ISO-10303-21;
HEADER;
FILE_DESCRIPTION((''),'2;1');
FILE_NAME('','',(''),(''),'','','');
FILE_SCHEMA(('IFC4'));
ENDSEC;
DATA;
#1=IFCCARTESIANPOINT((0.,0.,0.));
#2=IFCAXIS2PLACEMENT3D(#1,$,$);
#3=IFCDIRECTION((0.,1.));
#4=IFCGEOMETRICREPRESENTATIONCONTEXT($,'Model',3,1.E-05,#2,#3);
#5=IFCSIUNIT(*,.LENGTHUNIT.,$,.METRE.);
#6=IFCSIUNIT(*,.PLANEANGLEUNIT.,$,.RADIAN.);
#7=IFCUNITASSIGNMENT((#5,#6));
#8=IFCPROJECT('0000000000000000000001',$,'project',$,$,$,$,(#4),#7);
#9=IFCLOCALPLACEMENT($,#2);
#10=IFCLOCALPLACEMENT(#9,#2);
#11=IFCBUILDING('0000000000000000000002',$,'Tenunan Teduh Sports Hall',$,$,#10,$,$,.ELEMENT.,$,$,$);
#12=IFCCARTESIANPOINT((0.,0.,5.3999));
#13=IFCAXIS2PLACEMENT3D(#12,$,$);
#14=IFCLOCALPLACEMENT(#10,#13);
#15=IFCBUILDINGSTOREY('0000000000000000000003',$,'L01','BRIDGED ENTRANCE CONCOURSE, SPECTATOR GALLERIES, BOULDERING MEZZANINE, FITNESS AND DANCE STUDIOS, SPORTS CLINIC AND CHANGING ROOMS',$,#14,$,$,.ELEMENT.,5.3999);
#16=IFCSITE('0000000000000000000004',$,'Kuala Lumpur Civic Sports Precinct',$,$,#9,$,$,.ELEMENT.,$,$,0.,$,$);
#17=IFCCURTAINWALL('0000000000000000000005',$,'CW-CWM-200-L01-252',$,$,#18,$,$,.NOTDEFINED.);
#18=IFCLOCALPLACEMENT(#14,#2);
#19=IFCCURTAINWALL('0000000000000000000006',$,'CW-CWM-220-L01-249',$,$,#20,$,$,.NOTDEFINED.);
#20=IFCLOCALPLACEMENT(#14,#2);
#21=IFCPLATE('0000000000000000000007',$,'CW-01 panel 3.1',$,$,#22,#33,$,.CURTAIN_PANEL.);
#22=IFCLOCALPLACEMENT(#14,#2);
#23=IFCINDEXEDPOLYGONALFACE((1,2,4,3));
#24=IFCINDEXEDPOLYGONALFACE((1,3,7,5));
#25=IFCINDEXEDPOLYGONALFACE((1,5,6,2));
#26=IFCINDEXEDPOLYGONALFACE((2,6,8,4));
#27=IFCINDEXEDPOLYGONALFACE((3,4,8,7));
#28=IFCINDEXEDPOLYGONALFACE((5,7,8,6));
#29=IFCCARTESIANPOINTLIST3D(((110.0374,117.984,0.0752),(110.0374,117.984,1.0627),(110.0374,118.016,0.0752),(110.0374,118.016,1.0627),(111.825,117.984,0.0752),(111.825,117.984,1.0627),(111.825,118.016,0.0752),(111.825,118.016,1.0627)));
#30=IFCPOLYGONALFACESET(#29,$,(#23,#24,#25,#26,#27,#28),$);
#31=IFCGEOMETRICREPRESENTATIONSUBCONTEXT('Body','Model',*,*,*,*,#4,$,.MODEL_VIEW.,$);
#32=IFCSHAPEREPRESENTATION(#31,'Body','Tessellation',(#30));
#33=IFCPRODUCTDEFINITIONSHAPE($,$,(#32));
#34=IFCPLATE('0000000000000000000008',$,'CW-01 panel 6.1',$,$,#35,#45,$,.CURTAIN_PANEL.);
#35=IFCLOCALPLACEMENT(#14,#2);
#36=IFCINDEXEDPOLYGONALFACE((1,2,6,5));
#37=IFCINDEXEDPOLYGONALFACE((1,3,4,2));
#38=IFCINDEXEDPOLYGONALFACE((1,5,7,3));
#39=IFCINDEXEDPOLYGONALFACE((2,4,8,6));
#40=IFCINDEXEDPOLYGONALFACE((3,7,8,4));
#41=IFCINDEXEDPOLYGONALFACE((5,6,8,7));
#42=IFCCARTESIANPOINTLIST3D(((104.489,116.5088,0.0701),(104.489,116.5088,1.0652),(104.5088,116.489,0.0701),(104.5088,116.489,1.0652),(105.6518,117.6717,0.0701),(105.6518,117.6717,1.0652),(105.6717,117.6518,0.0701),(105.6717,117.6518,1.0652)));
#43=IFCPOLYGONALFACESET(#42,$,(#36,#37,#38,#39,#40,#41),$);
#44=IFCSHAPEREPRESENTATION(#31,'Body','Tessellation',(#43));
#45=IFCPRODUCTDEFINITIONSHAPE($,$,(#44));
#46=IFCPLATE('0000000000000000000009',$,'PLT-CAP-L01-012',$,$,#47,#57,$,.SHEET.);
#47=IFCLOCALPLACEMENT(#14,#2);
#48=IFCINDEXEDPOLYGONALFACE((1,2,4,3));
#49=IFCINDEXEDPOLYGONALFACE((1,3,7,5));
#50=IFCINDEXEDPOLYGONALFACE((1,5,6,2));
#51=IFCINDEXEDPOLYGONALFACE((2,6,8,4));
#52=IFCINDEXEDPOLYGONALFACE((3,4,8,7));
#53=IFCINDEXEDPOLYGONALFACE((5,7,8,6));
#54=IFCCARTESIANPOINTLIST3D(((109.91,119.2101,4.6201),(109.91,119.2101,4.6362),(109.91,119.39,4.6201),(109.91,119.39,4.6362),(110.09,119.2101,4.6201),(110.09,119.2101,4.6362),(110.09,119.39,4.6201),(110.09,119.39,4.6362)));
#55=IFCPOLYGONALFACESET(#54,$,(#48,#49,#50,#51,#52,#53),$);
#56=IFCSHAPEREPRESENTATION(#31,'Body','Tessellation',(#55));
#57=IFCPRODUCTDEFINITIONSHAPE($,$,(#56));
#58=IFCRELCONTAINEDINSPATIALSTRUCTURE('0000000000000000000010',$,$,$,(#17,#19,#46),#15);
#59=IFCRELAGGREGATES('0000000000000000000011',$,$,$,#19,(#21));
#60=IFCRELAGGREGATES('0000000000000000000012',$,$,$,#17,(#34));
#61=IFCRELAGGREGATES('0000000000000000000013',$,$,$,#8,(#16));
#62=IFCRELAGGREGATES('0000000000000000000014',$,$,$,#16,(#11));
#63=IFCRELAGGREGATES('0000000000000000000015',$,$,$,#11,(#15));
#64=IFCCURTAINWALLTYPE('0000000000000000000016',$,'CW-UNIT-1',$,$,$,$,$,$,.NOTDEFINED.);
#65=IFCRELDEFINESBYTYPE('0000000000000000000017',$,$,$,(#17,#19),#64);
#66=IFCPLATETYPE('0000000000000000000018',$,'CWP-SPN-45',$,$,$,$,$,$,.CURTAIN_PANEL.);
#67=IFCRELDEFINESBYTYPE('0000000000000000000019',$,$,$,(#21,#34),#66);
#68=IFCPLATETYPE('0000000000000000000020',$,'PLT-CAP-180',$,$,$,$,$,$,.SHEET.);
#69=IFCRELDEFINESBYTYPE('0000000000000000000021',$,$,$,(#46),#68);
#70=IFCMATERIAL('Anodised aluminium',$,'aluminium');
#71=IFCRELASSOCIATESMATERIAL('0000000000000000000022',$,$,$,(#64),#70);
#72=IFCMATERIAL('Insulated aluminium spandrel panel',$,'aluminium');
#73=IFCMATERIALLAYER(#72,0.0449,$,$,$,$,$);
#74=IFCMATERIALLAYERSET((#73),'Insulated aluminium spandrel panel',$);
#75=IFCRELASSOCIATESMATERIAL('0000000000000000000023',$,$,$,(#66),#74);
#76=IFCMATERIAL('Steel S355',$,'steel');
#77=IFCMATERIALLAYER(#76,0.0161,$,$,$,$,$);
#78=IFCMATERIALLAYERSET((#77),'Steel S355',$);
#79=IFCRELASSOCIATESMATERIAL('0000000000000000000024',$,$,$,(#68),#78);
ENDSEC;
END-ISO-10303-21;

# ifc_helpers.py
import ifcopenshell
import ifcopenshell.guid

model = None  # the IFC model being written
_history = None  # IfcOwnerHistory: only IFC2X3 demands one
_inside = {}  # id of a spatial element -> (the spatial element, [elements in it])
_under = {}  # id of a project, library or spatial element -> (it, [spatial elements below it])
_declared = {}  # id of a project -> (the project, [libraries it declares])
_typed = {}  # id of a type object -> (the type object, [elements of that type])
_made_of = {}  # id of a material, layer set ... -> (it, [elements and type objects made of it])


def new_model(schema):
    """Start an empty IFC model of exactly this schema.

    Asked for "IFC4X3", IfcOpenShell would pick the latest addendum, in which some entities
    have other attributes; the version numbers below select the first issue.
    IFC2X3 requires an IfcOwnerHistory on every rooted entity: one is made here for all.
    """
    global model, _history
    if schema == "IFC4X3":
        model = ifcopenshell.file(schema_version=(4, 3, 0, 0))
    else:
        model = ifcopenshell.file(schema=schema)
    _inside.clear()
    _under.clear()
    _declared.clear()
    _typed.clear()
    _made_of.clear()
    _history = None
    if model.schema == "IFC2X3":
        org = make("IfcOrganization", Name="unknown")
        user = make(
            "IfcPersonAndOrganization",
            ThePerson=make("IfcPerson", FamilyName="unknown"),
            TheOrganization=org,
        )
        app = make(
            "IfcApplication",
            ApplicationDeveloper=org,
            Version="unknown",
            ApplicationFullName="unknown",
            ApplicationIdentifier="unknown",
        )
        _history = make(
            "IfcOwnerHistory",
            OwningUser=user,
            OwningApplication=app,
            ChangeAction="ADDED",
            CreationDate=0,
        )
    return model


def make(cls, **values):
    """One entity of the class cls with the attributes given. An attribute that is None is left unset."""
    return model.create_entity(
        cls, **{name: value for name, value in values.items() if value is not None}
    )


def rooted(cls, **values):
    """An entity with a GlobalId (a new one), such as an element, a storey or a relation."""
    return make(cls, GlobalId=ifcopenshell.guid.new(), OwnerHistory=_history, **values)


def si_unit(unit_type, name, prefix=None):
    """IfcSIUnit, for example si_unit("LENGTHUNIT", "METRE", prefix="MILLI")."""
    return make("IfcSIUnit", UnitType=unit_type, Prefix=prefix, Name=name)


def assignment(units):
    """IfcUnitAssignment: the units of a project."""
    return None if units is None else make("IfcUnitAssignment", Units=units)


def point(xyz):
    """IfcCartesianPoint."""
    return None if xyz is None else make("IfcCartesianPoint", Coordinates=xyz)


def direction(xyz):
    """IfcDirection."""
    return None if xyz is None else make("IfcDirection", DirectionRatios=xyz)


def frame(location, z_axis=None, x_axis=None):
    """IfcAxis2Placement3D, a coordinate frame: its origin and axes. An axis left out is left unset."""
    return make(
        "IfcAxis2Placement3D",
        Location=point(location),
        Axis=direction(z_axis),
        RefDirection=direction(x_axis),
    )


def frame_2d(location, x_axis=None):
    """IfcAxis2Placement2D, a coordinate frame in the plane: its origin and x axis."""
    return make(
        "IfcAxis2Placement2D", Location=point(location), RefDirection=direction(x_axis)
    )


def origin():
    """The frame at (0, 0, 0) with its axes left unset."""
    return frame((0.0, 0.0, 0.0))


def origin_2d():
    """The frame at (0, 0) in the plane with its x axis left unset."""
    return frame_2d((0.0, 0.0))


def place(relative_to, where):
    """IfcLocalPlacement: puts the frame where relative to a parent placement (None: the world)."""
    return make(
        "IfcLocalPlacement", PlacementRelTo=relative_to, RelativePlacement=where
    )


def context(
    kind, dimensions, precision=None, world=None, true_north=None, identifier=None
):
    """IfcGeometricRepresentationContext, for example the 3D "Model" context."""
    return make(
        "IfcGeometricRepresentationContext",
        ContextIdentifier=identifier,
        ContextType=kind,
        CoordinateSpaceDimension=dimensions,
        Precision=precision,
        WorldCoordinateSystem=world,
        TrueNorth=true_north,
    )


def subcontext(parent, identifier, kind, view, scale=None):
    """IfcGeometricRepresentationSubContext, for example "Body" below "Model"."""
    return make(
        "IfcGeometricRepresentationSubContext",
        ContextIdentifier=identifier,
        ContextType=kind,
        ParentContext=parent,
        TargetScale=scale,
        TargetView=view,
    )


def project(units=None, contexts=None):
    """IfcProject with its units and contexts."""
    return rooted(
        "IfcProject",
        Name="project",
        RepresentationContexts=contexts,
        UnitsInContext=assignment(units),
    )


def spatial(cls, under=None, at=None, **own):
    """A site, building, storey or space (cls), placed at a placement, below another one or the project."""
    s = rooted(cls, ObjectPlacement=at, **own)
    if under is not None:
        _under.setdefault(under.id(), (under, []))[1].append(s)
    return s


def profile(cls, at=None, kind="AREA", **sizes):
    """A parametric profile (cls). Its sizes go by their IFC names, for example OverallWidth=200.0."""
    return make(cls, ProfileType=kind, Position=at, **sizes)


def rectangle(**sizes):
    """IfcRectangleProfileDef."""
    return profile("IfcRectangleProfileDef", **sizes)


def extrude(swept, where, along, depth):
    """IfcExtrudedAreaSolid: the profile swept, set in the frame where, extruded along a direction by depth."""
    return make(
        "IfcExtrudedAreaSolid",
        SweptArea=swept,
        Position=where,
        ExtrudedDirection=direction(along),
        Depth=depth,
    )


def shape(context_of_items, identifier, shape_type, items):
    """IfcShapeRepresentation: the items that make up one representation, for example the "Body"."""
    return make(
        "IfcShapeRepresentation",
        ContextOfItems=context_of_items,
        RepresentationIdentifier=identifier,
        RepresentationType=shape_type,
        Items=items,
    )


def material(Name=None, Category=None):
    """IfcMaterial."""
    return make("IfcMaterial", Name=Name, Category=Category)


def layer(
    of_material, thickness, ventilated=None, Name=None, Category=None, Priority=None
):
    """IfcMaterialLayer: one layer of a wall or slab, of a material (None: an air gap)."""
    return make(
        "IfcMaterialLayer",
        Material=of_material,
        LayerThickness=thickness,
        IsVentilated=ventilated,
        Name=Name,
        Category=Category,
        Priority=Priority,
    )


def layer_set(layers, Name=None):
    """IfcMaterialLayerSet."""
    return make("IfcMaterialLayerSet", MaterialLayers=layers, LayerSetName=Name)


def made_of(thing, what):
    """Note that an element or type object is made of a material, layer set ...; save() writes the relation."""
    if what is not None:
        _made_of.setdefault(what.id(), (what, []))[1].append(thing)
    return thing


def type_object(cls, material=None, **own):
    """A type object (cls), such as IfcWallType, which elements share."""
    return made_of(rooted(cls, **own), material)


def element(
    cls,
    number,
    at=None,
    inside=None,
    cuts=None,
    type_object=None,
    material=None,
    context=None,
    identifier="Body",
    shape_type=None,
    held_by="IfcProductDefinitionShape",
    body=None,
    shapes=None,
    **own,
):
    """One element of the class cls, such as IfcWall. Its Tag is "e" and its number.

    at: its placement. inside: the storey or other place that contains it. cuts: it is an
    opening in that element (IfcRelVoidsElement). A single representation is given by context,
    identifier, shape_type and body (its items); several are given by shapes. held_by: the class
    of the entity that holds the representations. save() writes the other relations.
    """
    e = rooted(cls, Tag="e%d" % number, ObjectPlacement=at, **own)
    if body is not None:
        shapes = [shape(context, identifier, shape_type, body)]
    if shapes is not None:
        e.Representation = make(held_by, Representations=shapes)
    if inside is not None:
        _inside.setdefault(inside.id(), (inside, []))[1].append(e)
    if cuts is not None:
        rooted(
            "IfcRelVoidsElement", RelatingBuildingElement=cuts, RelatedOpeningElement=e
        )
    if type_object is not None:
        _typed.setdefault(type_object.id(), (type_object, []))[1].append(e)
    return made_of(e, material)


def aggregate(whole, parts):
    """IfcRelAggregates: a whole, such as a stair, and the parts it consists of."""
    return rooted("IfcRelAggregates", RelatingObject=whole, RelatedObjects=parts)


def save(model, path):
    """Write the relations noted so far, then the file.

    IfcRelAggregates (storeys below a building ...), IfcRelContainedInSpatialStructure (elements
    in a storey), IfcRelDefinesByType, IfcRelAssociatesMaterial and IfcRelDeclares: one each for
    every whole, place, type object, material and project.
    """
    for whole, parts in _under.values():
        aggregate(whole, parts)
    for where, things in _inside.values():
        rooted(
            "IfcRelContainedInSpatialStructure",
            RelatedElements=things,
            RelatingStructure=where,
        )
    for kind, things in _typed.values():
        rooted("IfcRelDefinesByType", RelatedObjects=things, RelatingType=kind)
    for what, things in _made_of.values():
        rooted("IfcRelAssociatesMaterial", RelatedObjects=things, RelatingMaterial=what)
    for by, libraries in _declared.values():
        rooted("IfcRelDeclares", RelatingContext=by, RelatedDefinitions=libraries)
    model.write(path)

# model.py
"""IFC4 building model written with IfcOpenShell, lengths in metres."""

from ifc_helpers import new_model, si_unit, direction, frame, origin, origin_2d, place, context, subcontext, project, spatial, rectangle, extrude, material, layer, layer_set, type_object, element, aggregate, save


model = new_model("IFC4")

# Units and contexts
model_context = context("Model", 3, precision=1e-05, world=origin(), true_north=direction((0.0, 1.0)))
body_context = subcontext(model_context, "Body", "Model", "MODEL_VIEW")
ifc_project = project(units=[si_unit("LENGTHUNIT", "METRE"), si_unit("PLANEANGLEUNIT", "RADIAN")], contexts=[model_context])

# Site, building, storey
site_placement = place(None, origin())
site = spatial("IfcSite", under=ifc_project, at=site_placement, Name="Kuala Lumpur Civic Sports Precinct", CompositionType="ELEMENT", RefElevation=0.0)
building_placement = place(site_placement, origin())
building = spatial("IfcBuilding", under=site, at=building_placement, Name="Tenunan Teduh Sports Hall", CompositionType="ELEMENT")
storey_placement = place(building_placement, frame((0.0, 0.0, 5.3999)))
storey = spatial("IfcBuildingStorey", under=building, at=storey_placement, Name="L01", Description="BRIDGED ENTRANCE CONCOURSE, SPECTATOR GALLERIES, BOULDERING MEZZANINE, FITNESS AND DANCE STUDIOS, SPORTS CLINIC AND CHANGING ROOMS", CompositionType="ELEMENT", Elevation=5.3999)

# Curtain wall
ifc_material_1 = material(Name="Anodised aluminium", Category="aluminium")
curtain_wall_type = type_object("IfcCurtainWallType", Name="CW-UNIT-1", PredefinedType="NOTDEFINED", material=ifc_material_1)
curtain_wall_1_placement = place(storey_placement, origin())
curtain_wall_1 = element("IfcCurtainWall", 1, at=curtain_wall_1_placement, inside=storey, type_object=curtain_wall_type, Name="CW-CWM-200-L01-252", PredefinedType="NOTDEFINED")

# Curtain wall
curtain_wall_2_placement = place(storey_placement, origin())
curtain_wall_2 = element("IfcCurtainWall", 2, at=curtain_wall_2_placement, inside=storey, type_object=curtain_wall_type, Name="CW-CWM-220-L01-249", PredefinedType="NOTDEFINED")

# Plates
ifc_material_2 = material(Name="Insulated aluminium spandrel panel", Category="aluminium")
ifc_layer_1 = layer(ifc_material_2, 0.0449)
ifc_layer_set_1 = layer_set([ifc_layer_1], Name="Insulated aluminium spandrel panel")
plate_type_1 = type_object("IfcPlateType", Name="CWP-SPN-45", PredefinedType="CURTAIN_PANEL", material=ifc_layer_set_1)
plate_1_placement = place(storey_placement, frame((110.9312, 118.0, 0.0752), z_axis=(0.0, 0.0, 1.0), x_axis=(1.0, 0.0, 0.0)))
plate_1 = element("IfcPlate", 3, at=plate_1_placement, type_object=plate_type_1, Name="CW-01 panel 3.1", PredefinedType="CURTAIN_PANEL", context=body_context, shape_type="SweptSolid", body=[
    extrude(rectangle(XDim=1.7876, YDim=0.032, at=origin_2d()), origin(), (0.0, 0.0, 1.0), 0.9875),
])
aggregate(curtain_wall_2, [plate_1])
plate_2_placement = place(storey_placement, frame((105.0803, 117.0803, 0.0701), z_axis=(0.0, 0.0, 1.0), x_axis=(0.707107, 0.707107, 0.0)))
plate_2 = element("IfcPlate", 4, at=plate_2_placement, type_object=plate_type_1, Name="CW-01 panel 6.1", PredefinedType="CURTAIN_PANEL", context=body_context, shape_type="SweptSolid", body=[
    extrude(rectangle(XDim=1.6445, YDim=0.0281, at=origin_2d()), origin(), (0.0, 0.0, 1.0), 0.9951),
])
aggregate(curtain_wall_1, [plate_2])
ifc_material_3 = material(Name="Steel S355", Category="steel")
ifc_layer_2 = layer(ifc_material_3, 0.0161)
ifc_layer_set_2 = layer_set([ifc_layer_2], Name="Steel S355")
plate_type_2 = type_object("IfcPlateType", Name="PLT-CAP-180", PredefinedType="SHEET", material=ifc_layer_set_2)
plate_3_placement = place(storey_placement, frame((110.0, 119.3, 4.6201), z_axis=(0.0, 0.0, 1.0), x_axis=(1.0, 0.0, 0.0)))
element("IfcPlate", 5, at=plate_3_placement, inside=storey, type_object=plate_type_2, Name="PLT-CAP-L01-012", PredefinedType="SHEET", context=body_context, shape_type="SweptSolid", body=[
    extrude(rectangle(XDim=0.1799, YDim=0.1799, at=origin_2d()), origin(), (0.0, 0.0, 1.0), 0.0161),
])

save(model, "model.ifc")
